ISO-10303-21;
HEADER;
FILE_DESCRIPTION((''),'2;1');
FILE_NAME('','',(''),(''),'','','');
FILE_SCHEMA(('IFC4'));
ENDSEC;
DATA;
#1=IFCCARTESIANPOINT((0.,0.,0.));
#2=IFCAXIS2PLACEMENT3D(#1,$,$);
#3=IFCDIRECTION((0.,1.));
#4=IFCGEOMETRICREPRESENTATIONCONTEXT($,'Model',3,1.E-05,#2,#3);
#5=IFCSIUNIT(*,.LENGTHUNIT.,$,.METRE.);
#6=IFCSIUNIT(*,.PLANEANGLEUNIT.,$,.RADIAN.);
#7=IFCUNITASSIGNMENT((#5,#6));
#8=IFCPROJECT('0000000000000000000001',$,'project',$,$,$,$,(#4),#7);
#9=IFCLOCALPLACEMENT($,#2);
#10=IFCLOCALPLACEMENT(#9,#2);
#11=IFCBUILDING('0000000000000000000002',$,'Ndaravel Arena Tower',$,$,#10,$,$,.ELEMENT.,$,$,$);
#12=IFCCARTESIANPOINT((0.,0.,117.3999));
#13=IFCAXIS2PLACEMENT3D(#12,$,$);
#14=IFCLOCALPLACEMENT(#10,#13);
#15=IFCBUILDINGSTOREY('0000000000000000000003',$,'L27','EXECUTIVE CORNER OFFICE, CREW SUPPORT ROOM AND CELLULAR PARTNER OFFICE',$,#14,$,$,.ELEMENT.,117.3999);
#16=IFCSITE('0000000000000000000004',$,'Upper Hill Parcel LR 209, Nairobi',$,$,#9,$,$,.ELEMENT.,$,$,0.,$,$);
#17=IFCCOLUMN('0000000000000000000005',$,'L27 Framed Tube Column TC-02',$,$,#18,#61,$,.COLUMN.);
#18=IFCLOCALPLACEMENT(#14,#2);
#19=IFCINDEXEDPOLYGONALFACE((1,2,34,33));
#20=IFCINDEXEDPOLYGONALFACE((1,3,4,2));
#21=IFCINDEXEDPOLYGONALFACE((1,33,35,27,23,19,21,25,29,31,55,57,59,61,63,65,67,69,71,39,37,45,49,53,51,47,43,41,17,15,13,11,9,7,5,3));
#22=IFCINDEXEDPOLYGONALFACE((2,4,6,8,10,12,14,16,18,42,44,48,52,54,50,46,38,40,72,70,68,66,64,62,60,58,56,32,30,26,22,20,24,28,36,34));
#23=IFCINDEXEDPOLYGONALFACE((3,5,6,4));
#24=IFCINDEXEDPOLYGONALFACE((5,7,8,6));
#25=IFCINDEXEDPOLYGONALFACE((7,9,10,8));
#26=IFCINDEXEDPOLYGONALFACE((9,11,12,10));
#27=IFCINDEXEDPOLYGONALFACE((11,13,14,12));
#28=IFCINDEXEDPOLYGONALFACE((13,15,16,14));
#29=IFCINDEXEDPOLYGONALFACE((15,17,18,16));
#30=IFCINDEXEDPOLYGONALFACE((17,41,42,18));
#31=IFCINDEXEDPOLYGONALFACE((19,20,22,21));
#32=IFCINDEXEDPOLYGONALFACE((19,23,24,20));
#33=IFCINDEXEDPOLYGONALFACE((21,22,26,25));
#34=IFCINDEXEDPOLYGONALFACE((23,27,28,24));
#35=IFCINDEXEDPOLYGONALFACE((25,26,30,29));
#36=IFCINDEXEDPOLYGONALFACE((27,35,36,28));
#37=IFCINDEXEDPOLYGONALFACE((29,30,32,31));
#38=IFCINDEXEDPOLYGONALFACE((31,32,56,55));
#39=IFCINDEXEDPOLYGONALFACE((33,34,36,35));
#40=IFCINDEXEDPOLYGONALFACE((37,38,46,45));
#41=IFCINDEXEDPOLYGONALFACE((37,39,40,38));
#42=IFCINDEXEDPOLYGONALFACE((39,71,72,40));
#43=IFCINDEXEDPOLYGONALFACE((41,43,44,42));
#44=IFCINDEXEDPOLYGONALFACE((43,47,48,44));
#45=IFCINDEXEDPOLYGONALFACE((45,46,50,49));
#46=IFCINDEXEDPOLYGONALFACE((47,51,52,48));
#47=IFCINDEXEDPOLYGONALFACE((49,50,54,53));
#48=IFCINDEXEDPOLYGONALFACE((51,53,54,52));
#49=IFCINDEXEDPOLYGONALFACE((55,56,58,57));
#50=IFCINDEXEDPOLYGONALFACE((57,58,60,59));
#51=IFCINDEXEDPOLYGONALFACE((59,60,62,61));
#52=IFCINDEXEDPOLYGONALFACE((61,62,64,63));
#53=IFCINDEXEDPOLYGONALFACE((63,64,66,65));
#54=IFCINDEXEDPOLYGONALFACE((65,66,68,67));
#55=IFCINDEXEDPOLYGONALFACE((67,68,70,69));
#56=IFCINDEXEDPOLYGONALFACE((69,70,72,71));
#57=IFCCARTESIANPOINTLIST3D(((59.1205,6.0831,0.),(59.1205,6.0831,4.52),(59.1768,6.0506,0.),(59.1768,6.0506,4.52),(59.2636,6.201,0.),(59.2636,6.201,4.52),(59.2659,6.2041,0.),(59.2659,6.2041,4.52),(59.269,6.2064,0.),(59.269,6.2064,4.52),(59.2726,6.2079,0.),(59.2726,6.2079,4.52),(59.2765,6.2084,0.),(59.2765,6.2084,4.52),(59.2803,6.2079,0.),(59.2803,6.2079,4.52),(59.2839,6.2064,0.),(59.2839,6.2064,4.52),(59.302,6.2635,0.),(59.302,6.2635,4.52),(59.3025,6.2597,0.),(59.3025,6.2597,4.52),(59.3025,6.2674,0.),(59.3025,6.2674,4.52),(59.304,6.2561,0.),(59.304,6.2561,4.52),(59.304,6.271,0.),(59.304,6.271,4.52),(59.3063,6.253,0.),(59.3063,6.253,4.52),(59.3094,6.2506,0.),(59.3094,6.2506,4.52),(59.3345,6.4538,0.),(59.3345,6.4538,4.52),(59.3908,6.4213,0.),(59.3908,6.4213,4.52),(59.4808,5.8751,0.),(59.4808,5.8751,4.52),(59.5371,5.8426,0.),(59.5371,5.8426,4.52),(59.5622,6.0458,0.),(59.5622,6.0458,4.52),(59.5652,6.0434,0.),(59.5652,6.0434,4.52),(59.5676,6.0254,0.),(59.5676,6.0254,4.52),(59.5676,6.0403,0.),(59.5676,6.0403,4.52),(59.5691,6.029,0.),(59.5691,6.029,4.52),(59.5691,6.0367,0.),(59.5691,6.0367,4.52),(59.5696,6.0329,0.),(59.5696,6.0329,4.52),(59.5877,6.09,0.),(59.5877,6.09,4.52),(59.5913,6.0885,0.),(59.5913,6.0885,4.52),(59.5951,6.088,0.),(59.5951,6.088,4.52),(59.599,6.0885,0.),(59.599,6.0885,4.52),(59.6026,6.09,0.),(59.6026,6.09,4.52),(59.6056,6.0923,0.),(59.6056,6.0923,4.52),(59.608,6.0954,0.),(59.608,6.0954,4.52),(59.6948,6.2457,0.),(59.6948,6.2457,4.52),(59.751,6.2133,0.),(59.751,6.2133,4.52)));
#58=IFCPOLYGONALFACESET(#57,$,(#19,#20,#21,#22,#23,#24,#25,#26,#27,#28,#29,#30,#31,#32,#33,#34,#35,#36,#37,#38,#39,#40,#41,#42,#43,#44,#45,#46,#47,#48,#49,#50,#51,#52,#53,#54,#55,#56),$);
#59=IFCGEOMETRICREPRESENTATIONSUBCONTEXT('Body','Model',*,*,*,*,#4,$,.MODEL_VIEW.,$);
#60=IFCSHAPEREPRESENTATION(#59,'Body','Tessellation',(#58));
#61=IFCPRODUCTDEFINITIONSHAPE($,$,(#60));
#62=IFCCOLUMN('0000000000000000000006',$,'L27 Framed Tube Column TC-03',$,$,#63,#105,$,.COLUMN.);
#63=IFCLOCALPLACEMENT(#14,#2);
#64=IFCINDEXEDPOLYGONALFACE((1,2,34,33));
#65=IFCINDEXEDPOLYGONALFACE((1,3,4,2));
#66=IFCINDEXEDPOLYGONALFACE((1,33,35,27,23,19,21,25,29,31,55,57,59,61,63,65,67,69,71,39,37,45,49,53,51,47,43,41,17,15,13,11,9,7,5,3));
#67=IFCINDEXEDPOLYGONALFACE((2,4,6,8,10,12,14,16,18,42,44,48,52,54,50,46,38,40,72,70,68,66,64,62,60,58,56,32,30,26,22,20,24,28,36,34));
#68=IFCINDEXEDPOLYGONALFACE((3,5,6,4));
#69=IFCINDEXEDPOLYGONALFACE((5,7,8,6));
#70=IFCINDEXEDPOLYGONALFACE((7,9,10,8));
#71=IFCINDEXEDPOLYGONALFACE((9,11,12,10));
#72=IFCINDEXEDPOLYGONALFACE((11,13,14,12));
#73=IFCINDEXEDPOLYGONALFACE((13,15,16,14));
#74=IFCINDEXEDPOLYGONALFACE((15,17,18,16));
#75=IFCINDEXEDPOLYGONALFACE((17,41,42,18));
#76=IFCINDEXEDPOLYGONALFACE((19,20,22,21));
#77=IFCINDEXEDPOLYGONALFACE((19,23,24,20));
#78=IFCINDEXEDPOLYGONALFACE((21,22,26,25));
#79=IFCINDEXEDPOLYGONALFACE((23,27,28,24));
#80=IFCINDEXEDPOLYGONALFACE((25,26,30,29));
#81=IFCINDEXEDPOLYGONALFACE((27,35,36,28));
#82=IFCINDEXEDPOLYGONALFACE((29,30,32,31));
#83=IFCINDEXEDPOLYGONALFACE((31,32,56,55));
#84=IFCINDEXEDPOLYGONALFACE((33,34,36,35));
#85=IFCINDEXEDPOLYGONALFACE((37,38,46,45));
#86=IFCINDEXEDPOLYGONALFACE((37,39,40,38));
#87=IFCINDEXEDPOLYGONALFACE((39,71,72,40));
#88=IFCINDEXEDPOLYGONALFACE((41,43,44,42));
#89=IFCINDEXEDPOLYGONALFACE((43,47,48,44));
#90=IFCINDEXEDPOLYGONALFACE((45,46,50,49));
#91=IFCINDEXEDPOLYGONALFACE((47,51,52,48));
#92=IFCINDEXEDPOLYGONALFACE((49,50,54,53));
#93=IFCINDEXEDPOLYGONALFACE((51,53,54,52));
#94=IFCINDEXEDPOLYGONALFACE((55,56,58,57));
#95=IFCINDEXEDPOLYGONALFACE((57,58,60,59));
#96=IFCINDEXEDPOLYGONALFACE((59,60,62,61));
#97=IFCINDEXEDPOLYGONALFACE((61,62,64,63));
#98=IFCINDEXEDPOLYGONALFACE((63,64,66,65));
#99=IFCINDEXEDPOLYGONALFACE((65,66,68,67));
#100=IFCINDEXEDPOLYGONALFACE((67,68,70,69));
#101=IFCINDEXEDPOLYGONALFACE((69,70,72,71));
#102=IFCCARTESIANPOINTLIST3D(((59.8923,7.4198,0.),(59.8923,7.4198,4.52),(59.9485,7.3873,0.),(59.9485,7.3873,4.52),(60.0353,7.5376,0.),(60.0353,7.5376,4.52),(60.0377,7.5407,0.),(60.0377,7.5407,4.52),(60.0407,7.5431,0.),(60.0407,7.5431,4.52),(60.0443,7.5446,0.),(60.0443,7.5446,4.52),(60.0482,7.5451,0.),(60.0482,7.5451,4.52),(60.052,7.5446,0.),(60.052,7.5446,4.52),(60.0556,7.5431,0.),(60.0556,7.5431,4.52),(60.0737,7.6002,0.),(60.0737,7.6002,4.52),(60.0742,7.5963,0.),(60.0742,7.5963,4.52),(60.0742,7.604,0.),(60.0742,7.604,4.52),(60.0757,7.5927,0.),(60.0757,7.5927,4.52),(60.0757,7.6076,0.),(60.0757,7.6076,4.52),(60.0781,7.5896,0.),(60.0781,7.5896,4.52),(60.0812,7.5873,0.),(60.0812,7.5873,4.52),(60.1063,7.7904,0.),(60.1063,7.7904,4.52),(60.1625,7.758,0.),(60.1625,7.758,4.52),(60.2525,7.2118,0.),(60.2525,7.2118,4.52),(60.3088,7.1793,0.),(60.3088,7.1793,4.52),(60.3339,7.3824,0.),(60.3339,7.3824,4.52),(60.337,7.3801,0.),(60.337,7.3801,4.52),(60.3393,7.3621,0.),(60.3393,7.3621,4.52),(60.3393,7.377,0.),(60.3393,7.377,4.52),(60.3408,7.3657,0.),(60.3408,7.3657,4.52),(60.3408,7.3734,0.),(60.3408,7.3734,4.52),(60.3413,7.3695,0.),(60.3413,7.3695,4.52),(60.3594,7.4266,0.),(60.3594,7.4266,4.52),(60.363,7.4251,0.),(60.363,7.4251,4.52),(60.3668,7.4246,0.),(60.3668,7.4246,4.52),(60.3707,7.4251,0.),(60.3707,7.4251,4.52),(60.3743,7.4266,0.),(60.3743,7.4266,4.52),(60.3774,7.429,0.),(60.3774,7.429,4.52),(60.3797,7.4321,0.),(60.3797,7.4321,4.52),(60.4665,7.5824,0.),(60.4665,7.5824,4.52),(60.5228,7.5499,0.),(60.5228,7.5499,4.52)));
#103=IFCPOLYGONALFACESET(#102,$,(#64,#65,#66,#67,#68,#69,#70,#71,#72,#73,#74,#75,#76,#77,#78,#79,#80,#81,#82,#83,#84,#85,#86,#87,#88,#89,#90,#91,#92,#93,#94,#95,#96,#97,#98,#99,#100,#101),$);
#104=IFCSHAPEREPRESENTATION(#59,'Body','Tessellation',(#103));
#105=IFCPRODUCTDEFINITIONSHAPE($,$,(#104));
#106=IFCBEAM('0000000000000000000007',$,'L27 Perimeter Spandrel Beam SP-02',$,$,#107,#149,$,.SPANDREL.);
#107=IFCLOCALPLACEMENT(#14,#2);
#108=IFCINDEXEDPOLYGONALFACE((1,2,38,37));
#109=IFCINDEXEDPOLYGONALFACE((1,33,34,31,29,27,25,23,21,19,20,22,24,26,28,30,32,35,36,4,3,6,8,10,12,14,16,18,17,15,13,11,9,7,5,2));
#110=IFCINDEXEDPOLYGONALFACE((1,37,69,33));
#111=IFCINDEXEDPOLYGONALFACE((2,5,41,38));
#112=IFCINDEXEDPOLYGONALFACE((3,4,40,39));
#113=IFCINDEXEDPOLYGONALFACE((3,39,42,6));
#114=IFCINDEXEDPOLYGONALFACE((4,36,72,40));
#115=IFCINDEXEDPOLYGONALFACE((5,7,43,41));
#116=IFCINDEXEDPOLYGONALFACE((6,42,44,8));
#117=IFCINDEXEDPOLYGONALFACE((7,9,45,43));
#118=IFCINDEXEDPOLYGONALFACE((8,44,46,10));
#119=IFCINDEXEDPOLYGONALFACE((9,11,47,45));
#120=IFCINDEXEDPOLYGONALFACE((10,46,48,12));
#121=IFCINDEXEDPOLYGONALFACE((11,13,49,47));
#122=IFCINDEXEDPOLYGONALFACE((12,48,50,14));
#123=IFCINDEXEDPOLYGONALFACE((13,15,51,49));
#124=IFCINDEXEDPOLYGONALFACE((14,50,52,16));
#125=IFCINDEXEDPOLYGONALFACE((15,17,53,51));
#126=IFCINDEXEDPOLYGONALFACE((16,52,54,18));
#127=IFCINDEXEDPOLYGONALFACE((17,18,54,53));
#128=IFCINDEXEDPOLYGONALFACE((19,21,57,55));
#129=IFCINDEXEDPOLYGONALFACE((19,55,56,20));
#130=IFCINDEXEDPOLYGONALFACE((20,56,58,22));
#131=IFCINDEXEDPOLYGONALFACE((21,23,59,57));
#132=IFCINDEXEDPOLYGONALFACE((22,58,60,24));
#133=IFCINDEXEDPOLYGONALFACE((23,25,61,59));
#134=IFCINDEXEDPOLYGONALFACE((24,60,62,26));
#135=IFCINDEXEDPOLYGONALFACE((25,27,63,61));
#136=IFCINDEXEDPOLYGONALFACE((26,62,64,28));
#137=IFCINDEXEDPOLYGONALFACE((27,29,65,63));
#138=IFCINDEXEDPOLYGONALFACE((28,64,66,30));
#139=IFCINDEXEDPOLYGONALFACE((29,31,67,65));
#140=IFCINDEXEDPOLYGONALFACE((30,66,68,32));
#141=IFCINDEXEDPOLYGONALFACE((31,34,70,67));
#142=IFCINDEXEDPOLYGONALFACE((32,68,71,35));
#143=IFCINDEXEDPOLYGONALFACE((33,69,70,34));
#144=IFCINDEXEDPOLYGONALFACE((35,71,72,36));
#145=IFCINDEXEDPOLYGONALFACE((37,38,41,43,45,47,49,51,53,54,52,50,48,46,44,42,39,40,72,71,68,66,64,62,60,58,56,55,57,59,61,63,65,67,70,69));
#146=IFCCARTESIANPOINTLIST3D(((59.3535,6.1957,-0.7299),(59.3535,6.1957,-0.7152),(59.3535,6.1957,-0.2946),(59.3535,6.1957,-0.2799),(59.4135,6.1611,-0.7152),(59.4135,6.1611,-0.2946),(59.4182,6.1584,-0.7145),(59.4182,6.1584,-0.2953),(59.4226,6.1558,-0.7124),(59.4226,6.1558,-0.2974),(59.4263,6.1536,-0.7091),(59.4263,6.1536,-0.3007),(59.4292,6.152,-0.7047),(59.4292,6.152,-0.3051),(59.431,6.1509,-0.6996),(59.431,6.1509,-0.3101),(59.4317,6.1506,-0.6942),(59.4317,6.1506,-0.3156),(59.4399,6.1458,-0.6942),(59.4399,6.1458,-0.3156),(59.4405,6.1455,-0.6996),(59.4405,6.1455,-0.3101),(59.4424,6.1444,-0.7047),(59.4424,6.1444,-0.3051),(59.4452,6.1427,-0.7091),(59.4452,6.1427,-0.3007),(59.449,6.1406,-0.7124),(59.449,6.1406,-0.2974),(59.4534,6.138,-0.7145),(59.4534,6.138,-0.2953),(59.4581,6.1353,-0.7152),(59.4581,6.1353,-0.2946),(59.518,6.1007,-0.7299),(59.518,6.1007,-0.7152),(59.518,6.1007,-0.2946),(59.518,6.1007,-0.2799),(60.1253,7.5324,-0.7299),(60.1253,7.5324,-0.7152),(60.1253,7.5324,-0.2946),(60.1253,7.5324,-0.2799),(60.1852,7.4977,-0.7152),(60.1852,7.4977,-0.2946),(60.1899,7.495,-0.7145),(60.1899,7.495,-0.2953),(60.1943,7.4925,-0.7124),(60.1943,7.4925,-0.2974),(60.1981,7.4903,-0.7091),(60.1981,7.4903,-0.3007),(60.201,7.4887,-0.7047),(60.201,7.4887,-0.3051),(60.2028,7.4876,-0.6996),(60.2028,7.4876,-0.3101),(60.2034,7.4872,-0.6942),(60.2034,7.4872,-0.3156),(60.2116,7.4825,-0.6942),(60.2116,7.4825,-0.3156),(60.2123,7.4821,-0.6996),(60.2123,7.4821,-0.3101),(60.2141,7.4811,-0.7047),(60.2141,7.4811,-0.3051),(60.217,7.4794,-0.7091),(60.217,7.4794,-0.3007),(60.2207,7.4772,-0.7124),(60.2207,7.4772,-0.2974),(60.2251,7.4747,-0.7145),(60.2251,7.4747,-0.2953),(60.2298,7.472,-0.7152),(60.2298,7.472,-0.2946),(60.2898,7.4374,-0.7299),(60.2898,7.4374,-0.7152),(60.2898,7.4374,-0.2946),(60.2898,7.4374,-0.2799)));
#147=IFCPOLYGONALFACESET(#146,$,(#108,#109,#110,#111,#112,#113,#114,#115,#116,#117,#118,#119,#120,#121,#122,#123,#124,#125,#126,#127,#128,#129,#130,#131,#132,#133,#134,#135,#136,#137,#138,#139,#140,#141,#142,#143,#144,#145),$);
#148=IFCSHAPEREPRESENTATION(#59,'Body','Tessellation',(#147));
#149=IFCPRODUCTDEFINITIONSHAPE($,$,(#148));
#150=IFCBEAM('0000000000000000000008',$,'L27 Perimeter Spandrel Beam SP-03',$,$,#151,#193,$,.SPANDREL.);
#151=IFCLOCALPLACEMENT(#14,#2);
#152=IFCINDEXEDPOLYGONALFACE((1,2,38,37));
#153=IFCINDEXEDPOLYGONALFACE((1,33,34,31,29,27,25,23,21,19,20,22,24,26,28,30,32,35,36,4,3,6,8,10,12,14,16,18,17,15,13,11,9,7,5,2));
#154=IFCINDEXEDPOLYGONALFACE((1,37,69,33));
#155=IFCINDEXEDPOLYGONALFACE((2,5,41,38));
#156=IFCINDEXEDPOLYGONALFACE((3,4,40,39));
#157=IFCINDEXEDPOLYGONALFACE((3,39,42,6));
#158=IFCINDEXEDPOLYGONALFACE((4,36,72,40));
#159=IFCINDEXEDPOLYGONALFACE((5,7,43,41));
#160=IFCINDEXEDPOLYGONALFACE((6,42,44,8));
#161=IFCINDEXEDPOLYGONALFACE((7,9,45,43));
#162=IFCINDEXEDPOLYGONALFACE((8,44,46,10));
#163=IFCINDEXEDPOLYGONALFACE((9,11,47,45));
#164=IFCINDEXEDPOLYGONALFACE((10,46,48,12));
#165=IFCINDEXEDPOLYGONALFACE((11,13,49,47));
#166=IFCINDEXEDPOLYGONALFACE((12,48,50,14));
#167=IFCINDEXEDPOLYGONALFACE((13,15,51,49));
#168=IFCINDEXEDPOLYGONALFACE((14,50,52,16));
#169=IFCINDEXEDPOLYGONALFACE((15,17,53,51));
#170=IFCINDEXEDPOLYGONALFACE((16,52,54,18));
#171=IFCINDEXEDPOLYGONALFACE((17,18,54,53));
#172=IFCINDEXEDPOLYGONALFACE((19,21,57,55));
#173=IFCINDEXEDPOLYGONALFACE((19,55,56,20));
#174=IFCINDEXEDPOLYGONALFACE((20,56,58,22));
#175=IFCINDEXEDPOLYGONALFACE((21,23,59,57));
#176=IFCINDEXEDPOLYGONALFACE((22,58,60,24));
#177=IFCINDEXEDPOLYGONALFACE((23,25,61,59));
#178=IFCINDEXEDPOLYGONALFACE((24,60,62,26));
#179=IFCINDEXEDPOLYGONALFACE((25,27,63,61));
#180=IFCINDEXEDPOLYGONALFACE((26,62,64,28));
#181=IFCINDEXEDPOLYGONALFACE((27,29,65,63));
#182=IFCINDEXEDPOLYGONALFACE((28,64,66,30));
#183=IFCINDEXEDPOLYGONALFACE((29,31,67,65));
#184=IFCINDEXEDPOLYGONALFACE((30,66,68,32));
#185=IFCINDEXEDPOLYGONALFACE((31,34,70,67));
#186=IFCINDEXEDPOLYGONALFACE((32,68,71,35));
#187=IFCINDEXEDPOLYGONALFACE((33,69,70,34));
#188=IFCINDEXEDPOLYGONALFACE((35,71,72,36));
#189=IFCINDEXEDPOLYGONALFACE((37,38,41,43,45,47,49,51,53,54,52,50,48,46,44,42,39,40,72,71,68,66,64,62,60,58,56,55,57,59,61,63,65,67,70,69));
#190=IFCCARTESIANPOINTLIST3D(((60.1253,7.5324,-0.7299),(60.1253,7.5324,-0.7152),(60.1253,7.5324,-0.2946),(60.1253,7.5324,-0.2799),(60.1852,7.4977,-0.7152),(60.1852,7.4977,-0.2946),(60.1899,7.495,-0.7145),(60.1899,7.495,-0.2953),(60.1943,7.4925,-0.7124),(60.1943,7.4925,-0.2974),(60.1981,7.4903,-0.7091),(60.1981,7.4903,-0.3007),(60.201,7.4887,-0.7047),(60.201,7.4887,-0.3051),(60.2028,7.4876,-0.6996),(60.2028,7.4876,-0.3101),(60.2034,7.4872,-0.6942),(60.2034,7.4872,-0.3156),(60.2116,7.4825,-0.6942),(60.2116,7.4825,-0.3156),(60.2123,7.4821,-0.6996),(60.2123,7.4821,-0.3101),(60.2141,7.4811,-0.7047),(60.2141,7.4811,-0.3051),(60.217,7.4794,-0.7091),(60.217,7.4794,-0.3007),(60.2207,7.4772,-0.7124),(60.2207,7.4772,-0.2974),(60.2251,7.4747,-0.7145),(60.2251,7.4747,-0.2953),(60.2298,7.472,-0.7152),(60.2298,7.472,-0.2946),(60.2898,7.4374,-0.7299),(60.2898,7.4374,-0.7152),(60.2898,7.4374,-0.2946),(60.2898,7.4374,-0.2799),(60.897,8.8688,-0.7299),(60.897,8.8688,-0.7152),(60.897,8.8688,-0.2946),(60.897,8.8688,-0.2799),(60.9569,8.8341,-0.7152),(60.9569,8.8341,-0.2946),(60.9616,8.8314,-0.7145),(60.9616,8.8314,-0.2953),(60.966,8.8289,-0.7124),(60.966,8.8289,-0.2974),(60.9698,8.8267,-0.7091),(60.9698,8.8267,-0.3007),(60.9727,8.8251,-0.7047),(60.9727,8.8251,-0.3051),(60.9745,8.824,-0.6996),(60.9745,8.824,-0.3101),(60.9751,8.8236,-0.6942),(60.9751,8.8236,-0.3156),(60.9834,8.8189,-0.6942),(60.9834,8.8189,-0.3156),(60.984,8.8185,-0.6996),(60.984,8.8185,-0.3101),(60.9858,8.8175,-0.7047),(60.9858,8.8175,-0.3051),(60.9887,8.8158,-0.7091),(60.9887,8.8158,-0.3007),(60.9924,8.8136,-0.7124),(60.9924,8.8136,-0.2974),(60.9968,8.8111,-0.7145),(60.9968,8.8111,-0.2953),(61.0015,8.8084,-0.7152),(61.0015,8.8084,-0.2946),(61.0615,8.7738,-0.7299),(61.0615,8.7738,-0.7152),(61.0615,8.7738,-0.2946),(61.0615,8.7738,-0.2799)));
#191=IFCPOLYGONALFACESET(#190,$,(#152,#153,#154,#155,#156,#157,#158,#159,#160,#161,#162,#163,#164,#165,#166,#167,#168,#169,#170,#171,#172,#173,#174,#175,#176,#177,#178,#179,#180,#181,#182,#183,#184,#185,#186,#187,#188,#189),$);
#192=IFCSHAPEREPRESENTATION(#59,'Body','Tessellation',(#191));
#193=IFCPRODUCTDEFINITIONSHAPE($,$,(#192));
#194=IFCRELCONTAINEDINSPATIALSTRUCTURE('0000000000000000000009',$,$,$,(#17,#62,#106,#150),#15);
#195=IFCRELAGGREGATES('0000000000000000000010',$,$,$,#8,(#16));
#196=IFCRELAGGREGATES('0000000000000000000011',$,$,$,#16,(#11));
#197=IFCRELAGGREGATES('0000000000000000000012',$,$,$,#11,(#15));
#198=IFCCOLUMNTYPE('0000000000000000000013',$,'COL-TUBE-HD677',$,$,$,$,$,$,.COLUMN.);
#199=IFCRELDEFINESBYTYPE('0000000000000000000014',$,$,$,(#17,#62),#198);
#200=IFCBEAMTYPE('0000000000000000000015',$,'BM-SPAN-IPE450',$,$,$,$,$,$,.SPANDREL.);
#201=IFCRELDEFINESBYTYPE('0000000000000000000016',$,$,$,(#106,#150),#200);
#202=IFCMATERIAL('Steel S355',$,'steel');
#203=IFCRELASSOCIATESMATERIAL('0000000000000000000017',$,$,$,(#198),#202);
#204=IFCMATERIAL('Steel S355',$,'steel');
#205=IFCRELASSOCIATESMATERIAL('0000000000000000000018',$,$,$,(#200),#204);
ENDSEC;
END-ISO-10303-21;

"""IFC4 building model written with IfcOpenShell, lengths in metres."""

from ifc_helpers import new_model, si_unit, direction, frame, origin, origin_2d, place, context, subcontext, project, spatial, i_section, extrude, material, material_profile, profile_set, type_object, element, save


model = new_model("IFC4")

# Units and contexts
model_context = context("Model", 3, precision=1e-05, world=origin(), true_north=direction((0.0, 1.0)))
body_context = subcontext(model_context, "Body", "Model", "MODEL_VIEW")
ifc_project = project(units=[si_unit("LENGTHUNIT", "METRE"), si_unit("PLANEANGLEUNIT", "RADIAN")], contexts=[model_context])

# Site, building, storey
site_placement = place(None, origin())
site = spatial("IfcSite", under=ifc_project, at=site_placement, Name="Upper Hill Parcel LR 209, Nairobi", CompositionType="ELEMENT", RefElevation=0.0)
building_placement = place(site_placement, origin())
building = spatial("IfcBuilding", under=site, at=building_placement, Name="Ndaravel Arena Tower", CompositionType="ELEMENT")
storey_placement = place(building_placement, frame((0.0, 0.0, 117.3999)))
storey = spatial("IfcBuildingStorey", under=building, at=storey_placement, Name="L27", Description="EXECUTIVE CORNER OFFICE, CREW SUPPORT ROOM AND CELLULAR PARTNER OFFICE", CompositionType="ELEMENT", Elevation=117.3999)

# Columns
ifc_material_1 = material(Name="Steel S355", Category="steel")
ifc_material_profile_1 = material_profile(ifc_material_1, i_section(OverallWidth=0.428, OverallDepth=0.481, WebThickness=0.051, FlangeThickness=0.0649, FilletRadius=0.0149, at=origin_2d()), Name="HD 400x677")
ifc_profile_set_1 = profile_set([ifc_material_profile_1], Name="Steel S355")
column_type = type_object("IfcColumnType", Name="COL-TUBE-HD677", PredefinedType="COLUMN", material=ifc_profile_set_1)
for number, where, z_axis, x_axis, name in (
    (1, (59.4358, 6.1482, 0.0), (0.0, 0.0, 1.0), (0.5, 0.866025, 0.0), "L27 Framed Tube Column TC-02"),
    (2, (60.2075, 7.4849, 0.0), (0.0, 0.0, 1.0), (0.5, 0.866025, 0.0), "L27 Framed Tube Column TC-03"),
):
    element("IfcColumn", number, at=place(storey_placement, frame(where, z_axis=z_axis, x_axis=x_axis)), inside=storey, type_object=column_type, Name=name, PredefinedType="COLUMN", context=body_context, shape_type="SweptSolid", body=[
        extrude(i_section(OverallWidth=0.428, OverallDepth=0.481, WebThickness=0.051, FlangeThickness=0.0649, FilletRadius=0.0149, at=origin_2d()), origin(), (0.0, 0.0, 1.0), 4.52),
    ])

# Beams
ifc_material_2 = material(Name="Steel S355", Category="steel")
ifc_material_profile_2 = material_profile(ifc_material_2, i_section(OverallWidth=0.1899, OverallDepth=0.45, WebThickness=0.0095, FlangeThickness=0.0146, FilletRadius=0.021, at=origin_2d()), Name="IPE 450")
ifc_profile_set_2 = profile_set([ifc_material_profile_2], Name="Steel S355")
beam_type_1 = type_object("IfcBeamType", Name="BM-SPAN-IPE450", PredefinedType="SPANDREL", material=ifc_profile_set_2)
beam_1_placement = place(storey_placement, frame((59.4358, 6.1482, -0.5049), z_axis=(0.500001, 0.866025, 0.0), x_axis=(-0.866025, 0.500001, 0.0)))
element("IfcBeam", 3, at=beam_1_placement, inside=storey, type_object=beam_type_1, Name="L27 Perimeter Spandrel Beam SP-02", PredefinedType="SPANDREL", context=body_context, shape_type="SweptSolid", body=[
    extrude(i_section(OverallWidth=0.1899, OverallDepth=0.45, WebThickness=0.0095, FlangeThickness=0.0146, FilletRadius=0.021, at=origin_2d()), origin(), (0.0, 0.0, 1.0), 1.5435),
])
beam_2_placement = place(storey_placement, frame((60.2075, 7.4849, -0.5049), z_axis=(0.500069, 0.865985, 0.0), x_axis=(-0.865985, 0.500069, 0.0)))
element("IfcBeam", 4, at=beam_2_placement, inside=storey, type_object=beam_type_1, Name="L27 Perimeter Spandrel Beam SP-03", PredefinedType="SPANDREL", context=body_context, shape_type="SweptSolid", body=[
    extrude(i_section(OverallWidth=0.1899, OverallDepth=0.45, WebThickness=0.0095, FlangeThickness=0.0146, FilletRadius=0.021, at=origin_2d()), origin(), (0.0, 0.0, 1.0), 1.5432),
])

save(model, "model.ifc")
